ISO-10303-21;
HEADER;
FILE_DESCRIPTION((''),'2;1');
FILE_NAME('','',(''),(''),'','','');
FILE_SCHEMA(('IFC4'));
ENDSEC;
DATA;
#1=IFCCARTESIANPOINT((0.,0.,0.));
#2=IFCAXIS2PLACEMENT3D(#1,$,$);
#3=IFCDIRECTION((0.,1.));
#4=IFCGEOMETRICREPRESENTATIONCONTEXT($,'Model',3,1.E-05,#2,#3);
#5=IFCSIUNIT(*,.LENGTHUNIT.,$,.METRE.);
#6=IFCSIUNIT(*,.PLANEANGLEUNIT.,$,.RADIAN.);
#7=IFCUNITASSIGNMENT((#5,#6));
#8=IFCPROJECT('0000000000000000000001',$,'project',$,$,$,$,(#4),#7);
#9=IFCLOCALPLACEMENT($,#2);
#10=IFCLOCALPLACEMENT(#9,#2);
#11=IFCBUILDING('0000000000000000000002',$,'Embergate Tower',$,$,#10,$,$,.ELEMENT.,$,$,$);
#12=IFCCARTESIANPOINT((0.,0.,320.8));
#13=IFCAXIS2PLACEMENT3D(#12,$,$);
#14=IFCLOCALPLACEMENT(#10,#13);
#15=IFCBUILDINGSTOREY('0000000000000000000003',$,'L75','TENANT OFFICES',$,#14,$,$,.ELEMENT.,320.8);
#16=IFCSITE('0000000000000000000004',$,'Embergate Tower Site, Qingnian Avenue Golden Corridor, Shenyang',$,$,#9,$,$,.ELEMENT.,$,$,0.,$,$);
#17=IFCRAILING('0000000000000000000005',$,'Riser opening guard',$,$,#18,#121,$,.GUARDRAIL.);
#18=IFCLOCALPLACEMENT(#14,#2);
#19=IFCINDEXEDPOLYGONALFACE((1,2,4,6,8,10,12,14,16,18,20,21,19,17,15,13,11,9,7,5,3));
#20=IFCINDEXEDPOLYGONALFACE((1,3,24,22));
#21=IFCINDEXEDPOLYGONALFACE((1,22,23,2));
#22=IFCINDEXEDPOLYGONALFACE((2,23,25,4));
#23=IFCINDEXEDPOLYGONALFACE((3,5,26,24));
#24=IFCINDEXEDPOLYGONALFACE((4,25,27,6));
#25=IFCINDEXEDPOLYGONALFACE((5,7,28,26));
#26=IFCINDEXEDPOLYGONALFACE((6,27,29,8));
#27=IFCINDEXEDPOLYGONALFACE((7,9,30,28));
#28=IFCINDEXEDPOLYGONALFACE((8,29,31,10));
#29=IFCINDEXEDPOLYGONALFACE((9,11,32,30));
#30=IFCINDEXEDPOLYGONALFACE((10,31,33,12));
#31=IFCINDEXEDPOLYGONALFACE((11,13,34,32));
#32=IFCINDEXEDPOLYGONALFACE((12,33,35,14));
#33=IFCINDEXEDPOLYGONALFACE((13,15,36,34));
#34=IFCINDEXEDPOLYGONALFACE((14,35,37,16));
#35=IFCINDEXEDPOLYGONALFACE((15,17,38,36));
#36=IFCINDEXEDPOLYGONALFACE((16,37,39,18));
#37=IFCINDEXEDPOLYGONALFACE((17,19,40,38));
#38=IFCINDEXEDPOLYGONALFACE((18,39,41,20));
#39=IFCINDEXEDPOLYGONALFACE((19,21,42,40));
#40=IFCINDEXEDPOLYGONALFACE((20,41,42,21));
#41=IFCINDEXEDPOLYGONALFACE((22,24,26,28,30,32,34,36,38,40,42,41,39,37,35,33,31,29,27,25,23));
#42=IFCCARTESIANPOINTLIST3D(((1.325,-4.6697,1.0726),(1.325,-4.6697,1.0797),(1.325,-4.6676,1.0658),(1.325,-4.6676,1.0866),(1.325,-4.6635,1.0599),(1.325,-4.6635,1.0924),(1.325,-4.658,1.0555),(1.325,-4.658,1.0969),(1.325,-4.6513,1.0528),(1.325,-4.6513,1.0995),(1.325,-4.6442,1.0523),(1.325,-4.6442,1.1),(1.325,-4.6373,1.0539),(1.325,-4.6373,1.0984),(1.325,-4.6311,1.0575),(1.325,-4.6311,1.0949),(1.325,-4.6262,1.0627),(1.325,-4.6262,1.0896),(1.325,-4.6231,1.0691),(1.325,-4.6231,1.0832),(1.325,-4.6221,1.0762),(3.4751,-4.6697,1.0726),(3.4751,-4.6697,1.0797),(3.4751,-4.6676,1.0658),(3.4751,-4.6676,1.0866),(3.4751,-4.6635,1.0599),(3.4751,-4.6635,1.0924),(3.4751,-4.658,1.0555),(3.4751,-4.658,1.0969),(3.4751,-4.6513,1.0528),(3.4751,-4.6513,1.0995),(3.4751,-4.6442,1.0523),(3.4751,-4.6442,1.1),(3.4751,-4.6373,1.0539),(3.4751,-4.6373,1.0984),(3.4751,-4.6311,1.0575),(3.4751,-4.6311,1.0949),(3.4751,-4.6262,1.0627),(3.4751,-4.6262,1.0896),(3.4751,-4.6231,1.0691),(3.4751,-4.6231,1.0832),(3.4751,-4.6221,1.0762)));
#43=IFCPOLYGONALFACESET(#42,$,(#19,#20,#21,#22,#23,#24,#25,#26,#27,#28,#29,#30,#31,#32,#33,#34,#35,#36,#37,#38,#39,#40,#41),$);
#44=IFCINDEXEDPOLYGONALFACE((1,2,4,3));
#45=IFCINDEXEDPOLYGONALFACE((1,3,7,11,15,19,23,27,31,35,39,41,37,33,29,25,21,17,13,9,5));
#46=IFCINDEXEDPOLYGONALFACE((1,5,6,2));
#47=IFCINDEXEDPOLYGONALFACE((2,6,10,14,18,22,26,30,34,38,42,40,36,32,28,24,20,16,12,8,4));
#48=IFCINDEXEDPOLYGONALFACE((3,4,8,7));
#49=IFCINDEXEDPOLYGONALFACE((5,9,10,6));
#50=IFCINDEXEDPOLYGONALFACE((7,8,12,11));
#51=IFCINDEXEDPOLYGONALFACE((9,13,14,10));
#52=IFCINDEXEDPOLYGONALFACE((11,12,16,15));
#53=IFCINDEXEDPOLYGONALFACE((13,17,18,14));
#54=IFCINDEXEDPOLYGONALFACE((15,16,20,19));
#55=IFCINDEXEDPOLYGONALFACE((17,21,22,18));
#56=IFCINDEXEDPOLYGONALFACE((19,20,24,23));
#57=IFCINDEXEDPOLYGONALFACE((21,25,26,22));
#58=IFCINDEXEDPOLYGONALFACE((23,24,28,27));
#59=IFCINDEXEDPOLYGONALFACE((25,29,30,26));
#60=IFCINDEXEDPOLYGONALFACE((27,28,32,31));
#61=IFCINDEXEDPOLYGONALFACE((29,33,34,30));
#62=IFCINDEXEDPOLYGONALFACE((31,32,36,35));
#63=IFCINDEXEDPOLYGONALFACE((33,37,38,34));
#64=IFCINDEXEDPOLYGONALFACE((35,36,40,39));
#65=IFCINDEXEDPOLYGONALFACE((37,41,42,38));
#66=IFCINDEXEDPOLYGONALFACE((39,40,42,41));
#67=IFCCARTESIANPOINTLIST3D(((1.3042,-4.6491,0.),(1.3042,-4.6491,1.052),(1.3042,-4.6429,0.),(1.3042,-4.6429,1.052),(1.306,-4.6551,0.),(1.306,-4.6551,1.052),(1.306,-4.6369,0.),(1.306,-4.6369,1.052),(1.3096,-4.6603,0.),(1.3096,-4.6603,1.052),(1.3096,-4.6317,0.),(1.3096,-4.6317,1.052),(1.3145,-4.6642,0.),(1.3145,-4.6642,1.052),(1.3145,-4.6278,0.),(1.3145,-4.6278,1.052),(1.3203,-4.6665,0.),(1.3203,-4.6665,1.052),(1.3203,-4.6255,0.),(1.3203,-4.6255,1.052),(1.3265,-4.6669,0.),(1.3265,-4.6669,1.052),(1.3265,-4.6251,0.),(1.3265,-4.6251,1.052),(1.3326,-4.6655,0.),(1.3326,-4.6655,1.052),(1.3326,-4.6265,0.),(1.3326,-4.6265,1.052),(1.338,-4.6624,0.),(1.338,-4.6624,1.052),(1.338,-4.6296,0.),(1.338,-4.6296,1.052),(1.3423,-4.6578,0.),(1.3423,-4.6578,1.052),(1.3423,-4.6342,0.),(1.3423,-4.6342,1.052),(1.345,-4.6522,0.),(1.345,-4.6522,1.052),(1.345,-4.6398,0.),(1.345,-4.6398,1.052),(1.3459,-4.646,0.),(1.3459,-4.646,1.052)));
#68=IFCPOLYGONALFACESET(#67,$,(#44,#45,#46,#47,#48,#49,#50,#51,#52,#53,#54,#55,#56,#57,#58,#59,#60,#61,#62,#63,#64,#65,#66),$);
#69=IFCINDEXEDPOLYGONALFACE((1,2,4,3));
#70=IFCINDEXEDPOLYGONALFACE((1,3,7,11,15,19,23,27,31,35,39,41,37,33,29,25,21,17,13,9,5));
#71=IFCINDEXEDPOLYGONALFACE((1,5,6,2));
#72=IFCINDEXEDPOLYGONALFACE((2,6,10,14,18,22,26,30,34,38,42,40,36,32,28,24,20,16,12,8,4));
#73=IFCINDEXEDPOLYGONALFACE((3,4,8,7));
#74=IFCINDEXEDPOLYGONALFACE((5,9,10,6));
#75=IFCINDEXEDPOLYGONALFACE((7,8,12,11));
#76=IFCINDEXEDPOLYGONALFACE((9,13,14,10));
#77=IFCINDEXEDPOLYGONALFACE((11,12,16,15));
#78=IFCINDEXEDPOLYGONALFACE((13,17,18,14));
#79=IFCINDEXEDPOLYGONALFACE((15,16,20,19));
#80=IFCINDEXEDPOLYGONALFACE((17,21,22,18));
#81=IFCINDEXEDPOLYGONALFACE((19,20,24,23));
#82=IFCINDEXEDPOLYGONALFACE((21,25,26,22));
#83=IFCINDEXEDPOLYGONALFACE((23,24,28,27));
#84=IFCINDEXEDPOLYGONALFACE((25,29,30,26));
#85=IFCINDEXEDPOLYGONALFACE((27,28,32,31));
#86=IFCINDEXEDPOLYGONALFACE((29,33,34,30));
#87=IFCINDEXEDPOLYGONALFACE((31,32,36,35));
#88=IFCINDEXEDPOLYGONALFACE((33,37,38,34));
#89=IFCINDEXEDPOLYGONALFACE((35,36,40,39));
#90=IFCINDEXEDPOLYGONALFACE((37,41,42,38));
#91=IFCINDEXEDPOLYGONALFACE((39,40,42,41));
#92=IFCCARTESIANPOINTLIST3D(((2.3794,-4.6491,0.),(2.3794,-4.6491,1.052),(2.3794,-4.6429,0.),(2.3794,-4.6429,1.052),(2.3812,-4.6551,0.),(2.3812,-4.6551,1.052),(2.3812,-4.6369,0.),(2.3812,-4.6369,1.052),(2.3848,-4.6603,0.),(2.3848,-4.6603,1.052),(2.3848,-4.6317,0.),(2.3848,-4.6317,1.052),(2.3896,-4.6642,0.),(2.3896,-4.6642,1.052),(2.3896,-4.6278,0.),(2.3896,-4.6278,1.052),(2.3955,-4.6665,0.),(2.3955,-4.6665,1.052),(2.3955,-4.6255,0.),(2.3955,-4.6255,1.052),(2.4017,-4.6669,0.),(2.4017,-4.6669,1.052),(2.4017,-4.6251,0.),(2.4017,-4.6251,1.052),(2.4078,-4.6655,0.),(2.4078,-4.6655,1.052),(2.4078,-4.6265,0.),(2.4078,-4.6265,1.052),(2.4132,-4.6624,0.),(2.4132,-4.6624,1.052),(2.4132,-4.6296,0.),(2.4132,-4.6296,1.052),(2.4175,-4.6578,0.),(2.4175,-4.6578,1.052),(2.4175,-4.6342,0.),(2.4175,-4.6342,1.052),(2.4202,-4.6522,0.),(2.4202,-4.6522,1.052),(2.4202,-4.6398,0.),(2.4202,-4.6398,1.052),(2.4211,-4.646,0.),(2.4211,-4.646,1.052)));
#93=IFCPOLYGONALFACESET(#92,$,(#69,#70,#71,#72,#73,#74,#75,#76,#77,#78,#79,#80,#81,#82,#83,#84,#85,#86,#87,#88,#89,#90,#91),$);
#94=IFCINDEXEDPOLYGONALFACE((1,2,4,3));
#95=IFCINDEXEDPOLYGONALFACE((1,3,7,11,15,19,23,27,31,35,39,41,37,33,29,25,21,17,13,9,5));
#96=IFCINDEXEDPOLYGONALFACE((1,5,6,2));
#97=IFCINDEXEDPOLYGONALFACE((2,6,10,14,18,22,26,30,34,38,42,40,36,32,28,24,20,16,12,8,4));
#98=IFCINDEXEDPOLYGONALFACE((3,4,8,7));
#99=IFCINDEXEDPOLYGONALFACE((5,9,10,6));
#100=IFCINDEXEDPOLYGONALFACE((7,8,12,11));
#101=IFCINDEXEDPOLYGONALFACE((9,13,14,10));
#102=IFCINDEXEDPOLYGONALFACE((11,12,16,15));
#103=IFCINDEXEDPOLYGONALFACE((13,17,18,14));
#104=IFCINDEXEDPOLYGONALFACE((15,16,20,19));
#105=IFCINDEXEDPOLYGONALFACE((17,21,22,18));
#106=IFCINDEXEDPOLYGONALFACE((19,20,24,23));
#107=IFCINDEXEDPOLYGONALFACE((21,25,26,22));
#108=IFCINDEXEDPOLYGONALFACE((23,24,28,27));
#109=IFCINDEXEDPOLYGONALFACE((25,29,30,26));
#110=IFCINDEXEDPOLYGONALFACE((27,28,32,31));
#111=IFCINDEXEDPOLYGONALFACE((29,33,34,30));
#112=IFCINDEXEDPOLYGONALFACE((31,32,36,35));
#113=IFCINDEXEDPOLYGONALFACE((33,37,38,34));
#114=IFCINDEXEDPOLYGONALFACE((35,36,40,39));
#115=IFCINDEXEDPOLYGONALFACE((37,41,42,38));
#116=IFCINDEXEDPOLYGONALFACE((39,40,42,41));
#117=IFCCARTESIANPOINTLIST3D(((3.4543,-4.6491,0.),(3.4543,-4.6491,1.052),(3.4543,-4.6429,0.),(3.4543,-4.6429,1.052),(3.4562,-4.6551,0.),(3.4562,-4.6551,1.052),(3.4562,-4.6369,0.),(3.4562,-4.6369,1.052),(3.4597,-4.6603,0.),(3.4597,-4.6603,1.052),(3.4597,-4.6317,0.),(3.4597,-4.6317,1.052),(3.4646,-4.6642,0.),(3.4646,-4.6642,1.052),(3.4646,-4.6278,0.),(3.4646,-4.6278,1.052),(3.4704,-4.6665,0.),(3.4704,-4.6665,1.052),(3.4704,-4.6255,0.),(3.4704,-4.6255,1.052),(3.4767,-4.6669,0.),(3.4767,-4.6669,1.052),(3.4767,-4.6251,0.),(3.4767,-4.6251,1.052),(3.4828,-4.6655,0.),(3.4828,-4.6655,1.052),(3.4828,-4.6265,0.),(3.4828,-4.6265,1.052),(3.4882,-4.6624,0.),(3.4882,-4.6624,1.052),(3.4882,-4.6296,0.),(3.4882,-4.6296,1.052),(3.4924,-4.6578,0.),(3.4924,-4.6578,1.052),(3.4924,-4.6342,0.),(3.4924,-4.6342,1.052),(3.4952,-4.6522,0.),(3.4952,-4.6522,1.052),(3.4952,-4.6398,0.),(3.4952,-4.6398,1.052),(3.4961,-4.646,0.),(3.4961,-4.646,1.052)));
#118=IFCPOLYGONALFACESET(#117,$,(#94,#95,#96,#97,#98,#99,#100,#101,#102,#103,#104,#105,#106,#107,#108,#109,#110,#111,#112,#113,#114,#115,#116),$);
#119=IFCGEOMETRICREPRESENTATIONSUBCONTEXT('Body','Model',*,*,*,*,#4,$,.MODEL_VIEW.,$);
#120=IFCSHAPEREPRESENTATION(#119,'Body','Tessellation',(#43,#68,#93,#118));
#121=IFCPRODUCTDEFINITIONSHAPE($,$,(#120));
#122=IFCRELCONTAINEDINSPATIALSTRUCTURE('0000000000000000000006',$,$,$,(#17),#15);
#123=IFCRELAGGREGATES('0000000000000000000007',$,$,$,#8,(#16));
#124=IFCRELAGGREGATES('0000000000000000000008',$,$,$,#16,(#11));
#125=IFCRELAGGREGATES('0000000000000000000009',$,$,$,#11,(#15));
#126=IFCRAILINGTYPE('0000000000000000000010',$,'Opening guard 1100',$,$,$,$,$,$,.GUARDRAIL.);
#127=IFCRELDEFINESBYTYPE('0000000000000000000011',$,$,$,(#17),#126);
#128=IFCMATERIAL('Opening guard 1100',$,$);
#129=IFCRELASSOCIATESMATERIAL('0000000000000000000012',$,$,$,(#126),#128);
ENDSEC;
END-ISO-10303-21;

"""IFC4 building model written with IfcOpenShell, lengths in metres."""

from ifc_helpers import new_model, si_unit, direction, frame, origin, origin_2d, place, context, subcontext, project, spatial, circle, extrude, source, transform, mapped, material, type_object, element, save


model = new_model("IFC4")

# Units and contexts
model_context = context("Model", 3, precision=1e-05, world=origin(), true_north=direction((0.0, 1.0)))
body_context = subcontext(model_context, "Body", "Model", "MODEL_VIEW")
ifc_project = project(units=[si_unit("LENGTHUNIT", "METRE"), si_unit("PLANEANGLEUNIT", "RADIAN")], contexts=[model_context])

# Site, building, storey
site_placement = place(None, origin())
site = spatial("IfcSite", under=ifc_project, at=site_placement, Name="Embergate Tower Site, Qingnian Avenue Golden Corridor, Shenyang", CompositionType="ELEMENT", RefElevation=0.0)
building_placement = place(site_placement, origin())
building = spatial("IfcBuilding", under=site, at=building_placement, Name="Embergate Tower", CompositionType="ELEMENT")
storey_placement = place(building_placement, frame((0.0, 0.0, 320.8)))
storey = spatial("IfcBuildingStorey", under=building, at=storey_placement, Name="L75", Description="TENANT OFFICES", CompositionType="ELEMENT", Elevation=320.8)

# Railing
ifc_material_1 = material(Name="Opening guard 1100")
railing_type_1 = type_object("IfcRailingType", Name="Opening guard 1100", PredefinedType="GUARDRAIL", material=ifc_material_1)
shared_shape_1 = source(origin(), body_context, "Body", "SweptSolid", [
    extrude(circle(Radius=0.0239, at=origin_2d()), frame((0.0, 0.0, 1.0762), z_axis=(1.0, 0.0, 0.0), x_axis=(0.0, 1.0, 0.0)), (0.0, 0.0, 1.0), 2.1501),
    extrude(circle(Radius=0.021, at=origin_2d()), origin(), (0.0, 0.0, 1.0), 1.052),
    extrude(circle(Radius=0.021, at=origin_2d()), frame((1.0752, 0.0, 0.0)), (0.0, 0.0, 1.0), 1.052),
    extrude(circle(Radius=0.021, at=origin_2d()), frame((2.1501, 0.0, 0.0)), (0.0, 0.0, 1.0), 1.052),
])
railing_1_placement = place(storey_placement, frame((1.325, -4.646, 0.0)))
element("IfcRailing", 1, at=railing_1_placement, inside=storey, type_object=railing_type_1, Name="Riser opening guard", PredefinedType="GUARDRAIL", context=body_context, shape_type="MappedRepresentation", body=[
    mapped(shared_shape_1, transform((0.0, 0.0, 0.0))),
])

save(model, "model.ifc")
